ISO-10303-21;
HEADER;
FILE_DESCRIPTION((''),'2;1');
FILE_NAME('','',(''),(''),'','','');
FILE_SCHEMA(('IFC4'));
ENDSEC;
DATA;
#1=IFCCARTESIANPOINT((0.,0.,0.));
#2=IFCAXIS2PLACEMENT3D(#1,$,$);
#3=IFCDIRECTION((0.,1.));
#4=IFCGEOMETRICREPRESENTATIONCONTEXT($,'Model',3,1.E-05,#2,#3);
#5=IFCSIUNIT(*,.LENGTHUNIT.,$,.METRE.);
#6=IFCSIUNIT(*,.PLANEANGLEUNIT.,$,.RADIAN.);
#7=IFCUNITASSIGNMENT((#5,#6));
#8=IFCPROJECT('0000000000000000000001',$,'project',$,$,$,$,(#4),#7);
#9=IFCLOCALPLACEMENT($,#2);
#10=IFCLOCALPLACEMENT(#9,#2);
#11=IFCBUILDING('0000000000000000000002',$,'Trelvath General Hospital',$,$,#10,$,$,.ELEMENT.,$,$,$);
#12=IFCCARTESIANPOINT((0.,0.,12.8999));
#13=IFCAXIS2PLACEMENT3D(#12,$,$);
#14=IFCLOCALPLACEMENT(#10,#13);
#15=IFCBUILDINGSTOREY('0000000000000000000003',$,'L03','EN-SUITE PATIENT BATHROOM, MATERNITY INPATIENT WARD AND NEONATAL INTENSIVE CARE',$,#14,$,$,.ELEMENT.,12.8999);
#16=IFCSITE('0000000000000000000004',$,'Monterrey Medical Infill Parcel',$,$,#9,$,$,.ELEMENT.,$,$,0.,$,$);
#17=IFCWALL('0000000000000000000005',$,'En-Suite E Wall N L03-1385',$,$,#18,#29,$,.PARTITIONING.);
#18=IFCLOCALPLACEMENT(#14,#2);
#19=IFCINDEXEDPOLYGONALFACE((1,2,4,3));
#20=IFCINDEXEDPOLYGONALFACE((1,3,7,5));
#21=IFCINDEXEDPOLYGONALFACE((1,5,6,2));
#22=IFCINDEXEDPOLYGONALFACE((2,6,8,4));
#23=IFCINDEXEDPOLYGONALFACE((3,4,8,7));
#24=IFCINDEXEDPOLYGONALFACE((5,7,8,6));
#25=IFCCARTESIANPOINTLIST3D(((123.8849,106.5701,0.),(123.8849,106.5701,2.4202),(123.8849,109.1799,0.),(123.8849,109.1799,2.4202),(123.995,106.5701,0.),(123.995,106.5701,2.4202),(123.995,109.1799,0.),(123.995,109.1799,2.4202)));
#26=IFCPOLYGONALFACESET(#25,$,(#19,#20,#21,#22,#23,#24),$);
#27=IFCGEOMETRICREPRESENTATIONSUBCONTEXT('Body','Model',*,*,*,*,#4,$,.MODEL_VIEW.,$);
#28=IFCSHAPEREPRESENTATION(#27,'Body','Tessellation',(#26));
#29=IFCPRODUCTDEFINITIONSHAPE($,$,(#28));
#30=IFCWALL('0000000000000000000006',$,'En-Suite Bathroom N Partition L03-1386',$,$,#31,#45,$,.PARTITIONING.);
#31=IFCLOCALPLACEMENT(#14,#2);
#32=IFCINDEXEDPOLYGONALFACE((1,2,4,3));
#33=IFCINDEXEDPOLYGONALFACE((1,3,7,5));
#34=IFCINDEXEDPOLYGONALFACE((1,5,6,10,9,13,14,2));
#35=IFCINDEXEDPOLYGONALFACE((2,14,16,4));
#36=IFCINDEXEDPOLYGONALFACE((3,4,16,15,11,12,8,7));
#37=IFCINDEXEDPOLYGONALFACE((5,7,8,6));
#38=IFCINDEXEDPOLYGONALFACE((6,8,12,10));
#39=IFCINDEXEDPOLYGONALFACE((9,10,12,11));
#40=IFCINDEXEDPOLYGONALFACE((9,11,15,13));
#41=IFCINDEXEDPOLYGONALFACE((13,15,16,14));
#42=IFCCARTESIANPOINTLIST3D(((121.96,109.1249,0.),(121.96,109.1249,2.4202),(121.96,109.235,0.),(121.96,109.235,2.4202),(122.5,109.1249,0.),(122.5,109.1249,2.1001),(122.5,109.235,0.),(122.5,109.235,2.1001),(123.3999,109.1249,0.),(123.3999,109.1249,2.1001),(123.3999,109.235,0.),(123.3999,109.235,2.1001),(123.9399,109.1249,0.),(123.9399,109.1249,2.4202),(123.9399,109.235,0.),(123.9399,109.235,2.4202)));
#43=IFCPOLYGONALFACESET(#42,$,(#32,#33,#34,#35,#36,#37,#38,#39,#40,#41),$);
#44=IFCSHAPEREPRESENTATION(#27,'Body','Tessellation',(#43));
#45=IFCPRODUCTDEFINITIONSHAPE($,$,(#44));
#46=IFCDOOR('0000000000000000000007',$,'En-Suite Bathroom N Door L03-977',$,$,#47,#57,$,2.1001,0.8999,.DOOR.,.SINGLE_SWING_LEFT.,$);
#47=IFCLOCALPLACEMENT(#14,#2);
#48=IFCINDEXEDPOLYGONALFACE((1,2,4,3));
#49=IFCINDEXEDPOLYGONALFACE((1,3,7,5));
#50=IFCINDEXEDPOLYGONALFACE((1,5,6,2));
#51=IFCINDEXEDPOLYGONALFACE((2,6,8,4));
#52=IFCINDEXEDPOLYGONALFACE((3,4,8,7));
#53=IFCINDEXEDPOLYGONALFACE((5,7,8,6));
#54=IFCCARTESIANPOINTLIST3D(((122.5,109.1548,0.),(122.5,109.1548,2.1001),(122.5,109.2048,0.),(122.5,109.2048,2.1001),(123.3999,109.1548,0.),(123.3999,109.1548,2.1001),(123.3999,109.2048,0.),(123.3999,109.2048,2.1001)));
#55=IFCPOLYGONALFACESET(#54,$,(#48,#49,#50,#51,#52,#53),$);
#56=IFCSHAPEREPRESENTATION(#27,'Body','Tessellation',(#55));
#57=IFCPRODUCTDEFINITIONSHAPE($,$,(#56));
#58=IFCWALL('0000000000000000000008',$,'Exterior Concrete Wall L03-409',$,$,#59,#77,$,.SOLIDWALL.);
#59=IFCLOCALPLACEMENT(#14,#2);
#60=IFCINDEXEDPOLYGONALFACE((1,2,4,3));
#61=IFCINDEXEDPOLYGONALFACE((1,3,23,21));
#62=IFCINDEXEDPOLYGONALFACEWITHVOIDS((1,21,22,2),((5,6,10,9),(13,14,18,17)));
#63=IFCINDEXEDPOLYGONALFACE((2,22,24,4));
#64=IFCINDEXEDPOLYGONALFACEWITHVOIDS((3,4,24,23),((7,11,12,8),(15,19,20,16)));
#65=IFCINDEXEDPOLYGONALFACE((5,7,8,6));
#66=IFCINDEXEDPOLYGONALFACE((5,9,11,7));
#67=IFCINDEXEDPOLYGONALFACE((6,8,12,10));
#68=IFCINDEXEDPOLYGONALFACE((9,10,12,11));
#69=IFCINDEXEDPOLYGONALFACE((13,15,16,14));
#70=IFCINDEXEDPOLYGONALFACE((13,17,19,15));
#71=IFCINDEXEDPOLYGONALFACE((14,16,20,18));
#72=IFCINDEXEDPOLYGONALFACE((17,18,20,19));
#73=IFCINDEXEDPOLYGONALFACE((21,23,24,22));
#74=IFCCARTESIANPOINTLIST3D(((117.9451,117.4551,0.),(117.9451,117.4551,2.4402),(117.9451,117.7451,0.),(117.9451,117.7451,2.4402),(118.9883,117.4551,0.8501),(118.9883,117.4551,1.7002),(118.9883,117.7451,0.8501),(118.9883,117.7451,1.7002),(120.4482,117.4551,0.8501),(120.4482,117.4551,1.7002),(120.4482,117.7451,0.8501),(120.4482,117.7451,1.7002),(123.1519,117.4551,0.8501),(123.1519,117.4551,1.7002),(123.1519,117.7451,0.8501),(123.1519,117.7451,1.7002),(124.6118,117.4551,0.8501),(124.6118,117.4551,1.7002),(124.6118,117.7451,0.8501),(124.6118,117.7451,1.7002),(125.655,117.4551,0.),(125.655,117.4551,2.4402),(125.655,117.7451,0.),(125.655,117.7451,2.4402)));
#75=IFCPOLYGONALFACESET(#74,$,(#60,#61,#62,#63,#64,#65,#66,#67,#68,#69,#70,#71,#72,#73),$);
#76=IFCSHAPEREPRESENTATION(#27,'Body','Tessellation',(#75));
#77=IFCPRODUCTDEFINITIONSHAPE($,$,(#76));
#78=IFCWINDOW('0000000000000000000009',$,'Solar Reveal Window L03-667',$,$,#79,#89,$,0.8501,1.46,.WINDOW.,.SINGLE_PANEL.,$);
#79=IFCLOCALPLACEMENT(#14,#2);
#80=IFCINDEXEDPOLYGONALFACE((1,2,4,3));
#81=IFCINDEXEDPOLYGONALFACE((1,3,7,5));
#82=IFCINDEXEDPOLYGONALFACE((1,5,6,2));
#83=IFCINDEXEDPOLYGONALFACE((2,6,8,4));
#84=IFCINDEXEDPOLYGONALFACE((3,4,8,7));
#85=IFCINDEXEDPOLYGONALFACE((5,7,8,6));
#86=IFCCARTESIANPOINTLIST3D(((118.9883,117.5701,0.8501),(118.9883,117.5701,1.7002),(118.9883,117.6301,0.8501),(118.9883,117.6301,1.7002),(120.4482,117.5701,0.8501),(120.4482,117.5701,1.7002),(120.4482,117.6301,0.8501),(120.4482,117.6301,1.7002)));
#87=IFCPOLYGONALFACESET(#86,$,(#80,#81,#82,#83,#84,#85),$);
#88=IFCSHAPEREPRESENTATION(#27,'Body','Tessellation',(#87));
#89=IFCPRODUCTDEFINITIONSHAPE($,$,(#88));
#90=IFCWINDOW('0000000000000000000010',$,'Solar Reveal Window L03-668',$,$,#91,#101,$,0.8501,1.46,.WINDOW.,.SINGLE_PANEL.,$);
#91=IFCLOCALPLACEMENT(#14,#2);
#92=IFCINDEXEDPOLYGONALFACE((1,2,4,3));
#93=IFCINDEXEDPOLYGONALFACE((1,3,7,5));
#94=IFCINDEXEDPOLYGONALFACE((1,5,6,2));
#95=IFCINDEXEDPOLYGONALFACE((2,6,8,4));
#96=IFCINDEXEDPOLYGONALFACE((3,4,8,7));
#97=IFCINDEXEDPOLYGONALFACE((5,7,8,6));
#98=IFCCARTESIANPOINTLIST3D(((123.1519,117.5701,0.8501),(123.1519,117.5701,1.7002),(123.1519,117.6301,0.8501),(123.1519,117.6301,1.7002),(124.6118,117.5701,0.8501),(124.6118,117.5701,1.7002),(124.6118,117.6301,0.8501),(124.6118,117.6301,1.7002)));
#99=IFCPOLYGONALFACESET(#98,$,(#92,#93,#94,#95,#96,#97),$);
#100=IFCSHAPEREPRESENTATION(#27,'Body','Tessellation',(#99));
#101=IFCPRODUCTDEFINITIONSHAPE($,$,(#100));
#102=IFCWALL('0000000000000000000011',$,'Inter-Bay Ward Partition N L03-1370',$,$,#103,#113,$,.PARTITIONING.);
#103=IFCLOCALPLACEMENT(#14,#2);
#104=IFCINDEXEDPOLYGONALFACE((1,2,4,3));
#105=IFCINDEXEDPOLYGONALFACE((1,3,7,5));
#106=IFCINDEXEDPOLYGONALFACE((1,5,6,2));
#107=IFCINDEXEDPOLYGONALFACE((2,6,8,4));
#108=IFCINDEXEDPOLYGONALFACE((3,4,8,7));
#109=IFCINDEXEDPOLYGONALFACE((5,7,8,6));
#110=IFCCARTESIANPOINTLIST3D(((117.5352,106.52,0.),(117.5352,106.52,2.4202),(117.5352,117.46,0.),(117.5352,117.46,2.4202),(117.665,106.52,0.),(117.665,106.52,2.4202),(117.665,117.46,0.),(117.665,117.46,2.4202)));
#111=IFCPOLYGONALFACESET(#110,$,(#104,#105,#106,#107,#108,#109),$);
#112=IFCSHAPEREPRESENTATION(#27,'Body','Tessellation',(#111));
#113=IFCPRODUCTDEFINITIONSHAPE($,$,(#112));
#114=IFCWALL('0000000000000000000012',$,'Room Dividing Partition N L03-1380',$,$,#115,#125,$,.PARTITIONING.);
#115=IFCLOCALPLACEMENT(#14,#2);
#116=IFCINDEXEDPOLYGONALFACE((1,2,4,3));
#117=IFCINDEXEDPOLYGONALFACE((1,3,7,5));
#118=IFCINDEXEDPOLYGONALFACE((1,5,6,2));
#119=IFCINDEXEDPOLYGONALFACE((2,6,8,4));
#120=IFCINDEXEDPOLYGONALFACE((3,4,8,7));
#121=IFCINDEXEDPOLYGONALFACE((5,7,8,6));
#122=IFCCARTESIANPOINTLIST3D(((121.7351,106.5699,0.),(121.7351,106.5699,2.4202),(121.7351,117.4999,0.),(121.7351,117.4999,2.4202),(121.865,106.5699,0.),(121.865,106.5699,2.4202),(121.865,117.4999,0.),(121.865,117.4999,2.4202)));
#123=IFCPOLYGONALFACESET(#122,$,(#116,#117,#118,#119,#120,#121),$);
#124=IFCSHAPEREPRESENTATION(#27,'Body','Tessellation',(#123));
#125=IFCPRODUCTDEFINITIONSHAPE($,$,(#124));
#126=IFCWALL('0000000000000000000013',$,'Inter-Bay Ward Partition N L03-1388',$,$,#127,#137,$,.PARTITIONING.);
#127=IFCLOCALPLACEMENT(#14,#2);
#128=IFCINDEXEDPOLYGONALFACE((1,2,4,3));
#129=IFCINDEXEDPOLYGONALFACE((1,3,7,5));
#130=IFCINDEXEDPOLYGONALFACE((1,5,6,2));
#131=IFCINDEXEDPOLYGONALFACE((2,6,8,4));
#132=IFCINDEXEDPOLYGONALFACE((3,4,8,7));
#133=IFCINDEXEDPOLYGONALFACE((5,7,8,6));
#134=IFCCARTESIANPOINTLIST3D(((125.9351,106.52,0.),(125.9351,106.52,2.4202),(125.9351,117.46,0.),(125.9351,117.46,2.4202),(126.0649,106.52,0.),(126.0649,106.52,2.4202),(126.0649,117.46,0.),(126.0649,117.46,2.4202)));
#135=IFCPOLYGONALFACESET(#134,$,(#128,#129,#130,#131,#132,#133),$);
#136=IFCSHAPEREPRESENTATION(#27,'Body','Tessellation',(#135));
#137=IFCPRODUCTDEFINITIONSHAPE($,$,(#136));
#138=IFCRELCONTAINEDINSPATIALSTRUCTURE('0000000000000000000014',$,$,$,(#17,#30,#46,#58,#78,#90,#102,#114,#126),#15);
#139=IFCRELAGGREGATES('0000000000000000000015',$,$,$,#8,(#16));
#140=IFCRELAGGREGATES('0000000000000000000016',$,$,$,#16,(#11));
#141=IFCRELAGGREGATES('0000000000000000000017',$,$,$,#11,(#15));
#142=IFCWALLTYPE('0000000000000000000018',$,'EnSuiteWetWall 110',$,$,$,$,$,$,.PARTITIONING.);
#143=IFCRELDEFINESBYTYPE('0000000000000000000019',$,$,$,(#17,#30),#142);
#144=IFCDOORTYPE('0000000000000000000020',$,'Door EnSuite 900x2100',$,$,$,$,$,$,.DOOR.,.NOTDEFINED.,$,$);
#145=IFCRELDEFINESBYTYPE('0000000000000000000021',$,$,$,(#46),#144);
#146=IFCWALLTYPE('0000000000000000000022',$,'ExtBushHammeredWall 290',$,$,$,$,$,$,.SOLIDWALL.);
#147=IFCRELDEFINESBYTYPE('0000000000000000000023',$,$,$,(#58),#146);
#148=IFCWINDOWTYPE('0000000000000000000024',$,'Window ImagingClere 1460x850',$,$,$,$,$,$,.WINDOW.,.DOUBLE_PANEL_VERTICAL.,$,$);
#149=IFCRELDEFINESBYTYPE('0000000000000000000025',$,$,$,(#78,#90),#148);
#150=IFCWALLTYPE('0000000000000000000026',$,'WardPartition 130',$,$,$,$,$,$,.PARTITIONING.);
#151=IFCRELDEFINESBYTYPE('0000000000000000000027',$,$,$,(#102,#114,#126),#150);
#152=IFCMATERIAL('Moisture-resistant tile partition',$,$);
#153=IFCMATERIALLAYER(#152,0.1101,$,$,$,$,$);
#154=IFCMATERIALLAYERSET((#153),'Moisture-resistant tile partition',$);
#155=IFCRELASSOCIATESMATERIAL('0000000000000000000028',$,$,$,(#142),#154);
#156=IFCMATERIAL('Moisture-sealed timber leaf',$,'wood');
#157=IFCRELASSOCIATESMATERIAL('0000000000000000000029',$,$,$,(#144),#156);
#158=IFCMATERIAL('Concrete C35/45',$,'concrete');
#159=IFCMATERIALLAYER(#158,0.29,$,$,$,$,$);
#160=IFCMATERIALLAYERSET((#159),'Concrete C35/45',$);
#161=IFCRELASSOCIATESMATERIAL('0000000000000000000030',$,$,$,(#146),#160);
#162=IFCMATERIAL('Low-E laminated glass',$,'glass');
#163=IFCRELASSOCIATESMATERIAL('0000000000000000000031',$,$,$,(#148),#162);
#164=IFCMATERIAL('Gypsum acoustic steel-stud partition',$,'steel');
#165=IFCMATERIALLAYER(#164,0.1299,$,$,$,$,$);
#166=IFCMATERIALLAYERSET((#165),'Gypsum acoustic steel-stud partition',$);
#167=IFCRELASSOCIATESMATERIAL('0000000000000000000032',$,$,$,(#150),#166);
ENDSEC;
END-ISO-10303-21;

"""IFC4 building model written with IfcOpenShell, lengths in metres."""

from ifc_helpers import new_model, si_unit, direction, frame, frame_2d, origin, place, context, subcontext, project, spatial, rectangle, extrude, material, layer, layer_set, type_object, element, fill, save


model = new_model("IFC4")

# Units and contexts
model_context = context("Model", 3, precision=1e-05, world=origin(), true_north=direction((0.0, 1.0)))
body_context = subcontext(model_context, "Body", "Model", "MODEL_VIEW")
ifc_project = project(units=[si_unit("LENGTHUNIT", "METRE"), si_unit("PLANEANGLEUNIT", "RADIAN")], contexts=[model_context])

# Site, building, storey
site_placement = place(None, origin())
site = spatial("IfcSite", under=ifc_project, at=site_placement, Name="Monterrey Medical Infill Parcel", CompositionType="ELEMENT", RefElevation=0.0)
building_placement = place(site_placement, origin())
building = spatial("IfcBuilding", under=site, at=building_placement, Name="Trelvath General Hospital", CompositionType="ELEMENT")
storey_placement = place(building_placement, frame((0.0, 0.0, 12.8999)))
storey = spatial("IfcBuildingStorey", under=building, at=storey_placement, Name="L03", Description="EN-SUITE PATIENT BATHROOM, MATERNITY INPATIENT WARD AND NEONATAL INTENSIVE CARE", CompositionType="ELEMENT", Elevation=12.8999)

# Shared definitions
ifc_material_1 = material(Name="Moisture-resistant tile partition")
ifc_layer_1 = layer(ifc_material_1, 0.1101)
ifc_layer_set_1 = layer_set([ifc_layer_1], Name="Moisture-resistant tile partition")
wall_type_1 = type_object("IfcWallType", Name="EnSuiteWetWall 110", PredefinedType="PARTITIONING", material=ifc_layer_set_1)

# Shared definitions
ifc_material_2 = material(Name="Moisture-sealed timber leaf", Category="wood")
door_type_1 = type_object("IfcDoorType", Name="Door EnSuite 900x2100", OperationType="NOTDEFINED", PredefinedType="DOOR", material=ifc_material_2)

# Wall
for number, where, z_axis, x_axis, name in (
    (1, (123.9399, 106.5701, 0.0), (0.0, 0.0, 1.0), (0.0, 1.0, 0.0), "En-Suite E Wall N L03-1385"),
):
    element("IfcWall", number, at=place(storey_placement, frame(where, z_axis=z_axis, x_axis=x_axis)), inside=storey, type_object=wall_type_1, Name=name, PredefinedType="PARTITIONING", context=body_context, shape_type="SweptSolid", body=[
        extrude(rectangle(XDim=2.6099, YDim=0.1101, at=frame_2d((1.3049, 0.0))), origin(), (0.0, 0.0, 1.0), 2.4202),
    ])

# Wall, opening, door
wall_1_placement = place(storey_placement, frame((121.96, 109.1799, 0.0), z_axis=(0.0, 0.0, 1.0), x_axis=(1.0, 0.0, 0.0)))
wall_1 = element("IfcWall", 2, at=wall_1_placement, inside=storey, type_object=wall_type_1, Name="En-Suite Bathroom N Partition L03-1386", PredefinedType="PARTITIONING", context=body_context, shape_type="SweptSolid", body=[
    extrude(rectangle(XDim=1.98, YDim=0.1101, at=frame_2d((0.99, 0.0))), origin(), (0.0, 0.0, 1.0), 2.4202),
])
opening_1_placement = place(wall_1_placement, frame((0.54, 0.0, 0.0)))
opening_1 = element("IfcOpeningElement", 3, at=opening_1_placement, cuts=wall_1, PredefinedType="OPENING", context=body_context, shape_type="SweptSolid", body=[
    extrude(rectangle(XDim=0.8999, YDim=2.1001, at=frame_2d((0.45, 1.05))), frame((0.0, 0.0649, 0.0), z_axis=(0.0, -1.0, 0.0), x_axis=(1.0, 0.0, 0.0)), (0.0, 0.0, 1.0), 0.1301),
])
door_1_placement = place(opening_1_placement, origin())
door_1 = element("IfcDoor", 4, at=door_1_placement, inside=storey, type_object=door_type_1, Name="En-Suite Bathroom N Door L03-977", OperationType="SINGLE_SWING_LEFT", OverallHeight=2.1001, OverallWidth=0.8999, PredefinedType="DOOR", context=body_context, shape_type="SweptSolid", body=[
    extrude(rectangle(XDim=0.8999, YDim=2.1001, at=frame_2d((0.45, 1.05))), frame((0.0, 0.0249, 0.0), z_axis=(0.0, -1.0, 0.0), x_axis=(1.0, 0.0, 0.0)), (0.0, 0.0, 1.0), 0.05),
])
fill(opening_1, door_1)

# Wall, openings, windows
ifc_material_3 = material(Name="Concrete C35/45", Category="concrete")
ifc_layer_2 = layer(ifc_material_3, 0.29)
ifc_layer_set_2 = layer_set([ifc_layer_2], Name="Concrete C35/45")
wall_type_2 = type_object("IfcWallType", Name="ExtBushHammeredWall 290", PredefinedType="SOLIDWALL", material=ifc_layer_set_2)
wall_2_placement = place(storey_placement, frame((117.9451, 117.6001, 0.0), z_axis=(0.0, 0.0, 1.0), x_axis=(1.0, 0.0, 0.0)))
wall_2 = element("IfcWall", 5, at=wall_2_placement, inside=storey, type_object=wall_type_2, Name="Exterior Concrete Wall L03-409", PredefinedType="SOLIDWALL", context=body_context, shape_type="SweptSolid", body=[
    extrude(rectangle(XDim=7.71, YDim=0.29, at=frame_2d((3.855, 0.0))), origin(), (0.0, 0.0, 1.0), 2.4402),
])
opening_2_placement = place(wall_2_placement, frame((1.0432, 0.0, 0.8501)))
opening_2 = element("IfcOpeningElement", 6, at=opening_2_placement, cuts=wall_2, PredefinedType="OPENING", context=body_context, shape_type="SweptSolid", body=[
    extrude(rectangle(XDim=1.46, YDim=0.8501, at=frame_2d((0.73, 0.425))), frame((0.0, 0.155, 0.0), z_axis=(0.0, -1.0, 0.0), x_axis=(1.0, 0.0, 0.0)), (0.0, 0.0, 1.0), 0.3101),
])
opening_3_placement = place(wall_2_placement, frame((5.2068, 0.0, 0.8501)))
opening_3 = element("IfcOpeningElement", 7, at=opening_3_placement, cuts=wall_2, PredefinedType="OPENING", context=body_context, shape_type="SweptSolid", body=[
    extrude(rectangle(XDim=1.46, YDim=0.8501, at=frame_2d((0.73, 0.425))), frame((0.0, 0.155, 0.0), z_axis=(0.0, -1.0, 0.0), x_axis=(1.0, 0.0, 0.0)), (0.0, 0.0, 1.0), 0.3101),
])
ifc_material_4 = material(Name="Low-E laminated glass", Category="glass")
window_type = type_object("IfcWindowType", Name="Window ImagingClere 1460x850", PartitioningType="DOUBLE_PANEL_VERTICAL", PredefinedType="WINDOW", material=ifc_material_4)
window_1_placement = place(opening_2_placement, origin())
window_1 = element("IfcWindow", 8, at=window_1_placement, inside=storey, type_object=window_type, Name="Solar Reveal Window L03-667", OverallHeight=0.8501, OverallWidth=1.46, PartitioningType="SINGLE_PANEL", PredefinedType="WINDOW", context=body_context, shape_type="SweptSolid", body=[
    extrude(rectangle(XDim=1.46, YDim=0.8501, at=frame_2d((0.73, 0.425))), frame((0.0, 0.03, 0.0), z_axis=(0.0, -1.0, 0.0), x_axis=(1.0, 0.0, 0.0)), (0.0, 0.0, 1.0), 0.0601),
])
fill(opening_2, window_1)
window_2_placement = place(opening_3_placement, origin())
window_2 = element("IfcWindow", 9, at=window_2_placement, inside=storey, type_object=window_type, Name="Solar Reveal Window L03-668", OverallHeight=0.8501, OverallWidth=1.46, PartitioningType="SINGLE_PANEL", PredefinedType="WINDOW", context=body_context, shape_type="SweptSolid", body=[
    extrude(rectangle(XDim=1.46, YDim=0.8501, at=frame_2d((0.73, 0.425))), frame((0.0, 0.03, 0.0), z_axis=(0.0, -1.0, 0.0), x_axis=(1.0, 0.0, 0.0)), (0.0, 0.0, 1.0), 0.0601),
])
fill(opening_3, window_2)

# Walls
ifc_material_5 = material(Name="Gypsum acoustic steel-stud partition", Category="steel")
ifc_layer_3 = layer(ifc_material_5, 0.1299)
ifc_layer_set_3 = layer_set([ifc_layer_3], Name="Gypsum acoustic steel-stud partition")
wall_type_3 = type_object("IfcWallType", Name="WardPartition 130", PredefinedType="PARTITIONING", material=ifc_layer_set_3)
wall_3_placement = place(storey_placement, frame((117.6001, 106.52, 0.0), z_axis=(0.0, 0.0, 1.0), x_axis=(0.0, 1.0, 0.0)))
element("IfcWall", 10, at=wall_3_placement, inside=storey, type_object=wall_type_3, Name="Inter-Bay Ward Partition N L03-1370", PredefinedType="PARTITIONING", context=body_context, shape_type="SweptSolid", body=[
    extrude(rectangle(XDim=10.9399, YDim=0.1299, at=frame_2d((5.47, 0.0))), origin(), (0.0, 0.0, 1.0), 2.4202),
])
wall_4_placement = place(storey_placement, frame((121.8, 106.5701, 0.0), z_axis=(0.0, 0.0, 1.0), x_axis=(0.0, 1.0, 0.0)))
element("IfcWall", 11, at=wall_4_placement, inside=storey, type_object=wall_type_3, Name="Room Dividing Partition N L03-1380", PredefinedType="PARTITIONING", context=body_context, shape_type="SweptSolid", body=[
    extrude(rectangle(XDim=10.9299, YDim=0.1299, at=frame_2d((5.4648, 0.0))), origin(), (0.0, 0.0, 1.0), 2.4202),
])
wall_5_placement = place(storey_placement, frame((126.0, 106.52, 0.0), z_axis=(0.0, 0.0, 1.0), x_axis=(0.0, 1.0, 0.0)))
element("IfcWall", 12, at=wall_5_placement, inside=storey, type_object=wall_type_3, Name="Inter-Bay Ward Partition N L03-1388", PredefinedType="PARTITIONING", context=body_context, shape_type="SweptSolid", body=[
    extrude(rectangle(XDim=10.9399, YDim=0.1299, at=frame_2d((5.47, 0.0))), origin(), (0.0, 0.0, 1.0), 2.4202),
])

save(model, "model.ifc")
